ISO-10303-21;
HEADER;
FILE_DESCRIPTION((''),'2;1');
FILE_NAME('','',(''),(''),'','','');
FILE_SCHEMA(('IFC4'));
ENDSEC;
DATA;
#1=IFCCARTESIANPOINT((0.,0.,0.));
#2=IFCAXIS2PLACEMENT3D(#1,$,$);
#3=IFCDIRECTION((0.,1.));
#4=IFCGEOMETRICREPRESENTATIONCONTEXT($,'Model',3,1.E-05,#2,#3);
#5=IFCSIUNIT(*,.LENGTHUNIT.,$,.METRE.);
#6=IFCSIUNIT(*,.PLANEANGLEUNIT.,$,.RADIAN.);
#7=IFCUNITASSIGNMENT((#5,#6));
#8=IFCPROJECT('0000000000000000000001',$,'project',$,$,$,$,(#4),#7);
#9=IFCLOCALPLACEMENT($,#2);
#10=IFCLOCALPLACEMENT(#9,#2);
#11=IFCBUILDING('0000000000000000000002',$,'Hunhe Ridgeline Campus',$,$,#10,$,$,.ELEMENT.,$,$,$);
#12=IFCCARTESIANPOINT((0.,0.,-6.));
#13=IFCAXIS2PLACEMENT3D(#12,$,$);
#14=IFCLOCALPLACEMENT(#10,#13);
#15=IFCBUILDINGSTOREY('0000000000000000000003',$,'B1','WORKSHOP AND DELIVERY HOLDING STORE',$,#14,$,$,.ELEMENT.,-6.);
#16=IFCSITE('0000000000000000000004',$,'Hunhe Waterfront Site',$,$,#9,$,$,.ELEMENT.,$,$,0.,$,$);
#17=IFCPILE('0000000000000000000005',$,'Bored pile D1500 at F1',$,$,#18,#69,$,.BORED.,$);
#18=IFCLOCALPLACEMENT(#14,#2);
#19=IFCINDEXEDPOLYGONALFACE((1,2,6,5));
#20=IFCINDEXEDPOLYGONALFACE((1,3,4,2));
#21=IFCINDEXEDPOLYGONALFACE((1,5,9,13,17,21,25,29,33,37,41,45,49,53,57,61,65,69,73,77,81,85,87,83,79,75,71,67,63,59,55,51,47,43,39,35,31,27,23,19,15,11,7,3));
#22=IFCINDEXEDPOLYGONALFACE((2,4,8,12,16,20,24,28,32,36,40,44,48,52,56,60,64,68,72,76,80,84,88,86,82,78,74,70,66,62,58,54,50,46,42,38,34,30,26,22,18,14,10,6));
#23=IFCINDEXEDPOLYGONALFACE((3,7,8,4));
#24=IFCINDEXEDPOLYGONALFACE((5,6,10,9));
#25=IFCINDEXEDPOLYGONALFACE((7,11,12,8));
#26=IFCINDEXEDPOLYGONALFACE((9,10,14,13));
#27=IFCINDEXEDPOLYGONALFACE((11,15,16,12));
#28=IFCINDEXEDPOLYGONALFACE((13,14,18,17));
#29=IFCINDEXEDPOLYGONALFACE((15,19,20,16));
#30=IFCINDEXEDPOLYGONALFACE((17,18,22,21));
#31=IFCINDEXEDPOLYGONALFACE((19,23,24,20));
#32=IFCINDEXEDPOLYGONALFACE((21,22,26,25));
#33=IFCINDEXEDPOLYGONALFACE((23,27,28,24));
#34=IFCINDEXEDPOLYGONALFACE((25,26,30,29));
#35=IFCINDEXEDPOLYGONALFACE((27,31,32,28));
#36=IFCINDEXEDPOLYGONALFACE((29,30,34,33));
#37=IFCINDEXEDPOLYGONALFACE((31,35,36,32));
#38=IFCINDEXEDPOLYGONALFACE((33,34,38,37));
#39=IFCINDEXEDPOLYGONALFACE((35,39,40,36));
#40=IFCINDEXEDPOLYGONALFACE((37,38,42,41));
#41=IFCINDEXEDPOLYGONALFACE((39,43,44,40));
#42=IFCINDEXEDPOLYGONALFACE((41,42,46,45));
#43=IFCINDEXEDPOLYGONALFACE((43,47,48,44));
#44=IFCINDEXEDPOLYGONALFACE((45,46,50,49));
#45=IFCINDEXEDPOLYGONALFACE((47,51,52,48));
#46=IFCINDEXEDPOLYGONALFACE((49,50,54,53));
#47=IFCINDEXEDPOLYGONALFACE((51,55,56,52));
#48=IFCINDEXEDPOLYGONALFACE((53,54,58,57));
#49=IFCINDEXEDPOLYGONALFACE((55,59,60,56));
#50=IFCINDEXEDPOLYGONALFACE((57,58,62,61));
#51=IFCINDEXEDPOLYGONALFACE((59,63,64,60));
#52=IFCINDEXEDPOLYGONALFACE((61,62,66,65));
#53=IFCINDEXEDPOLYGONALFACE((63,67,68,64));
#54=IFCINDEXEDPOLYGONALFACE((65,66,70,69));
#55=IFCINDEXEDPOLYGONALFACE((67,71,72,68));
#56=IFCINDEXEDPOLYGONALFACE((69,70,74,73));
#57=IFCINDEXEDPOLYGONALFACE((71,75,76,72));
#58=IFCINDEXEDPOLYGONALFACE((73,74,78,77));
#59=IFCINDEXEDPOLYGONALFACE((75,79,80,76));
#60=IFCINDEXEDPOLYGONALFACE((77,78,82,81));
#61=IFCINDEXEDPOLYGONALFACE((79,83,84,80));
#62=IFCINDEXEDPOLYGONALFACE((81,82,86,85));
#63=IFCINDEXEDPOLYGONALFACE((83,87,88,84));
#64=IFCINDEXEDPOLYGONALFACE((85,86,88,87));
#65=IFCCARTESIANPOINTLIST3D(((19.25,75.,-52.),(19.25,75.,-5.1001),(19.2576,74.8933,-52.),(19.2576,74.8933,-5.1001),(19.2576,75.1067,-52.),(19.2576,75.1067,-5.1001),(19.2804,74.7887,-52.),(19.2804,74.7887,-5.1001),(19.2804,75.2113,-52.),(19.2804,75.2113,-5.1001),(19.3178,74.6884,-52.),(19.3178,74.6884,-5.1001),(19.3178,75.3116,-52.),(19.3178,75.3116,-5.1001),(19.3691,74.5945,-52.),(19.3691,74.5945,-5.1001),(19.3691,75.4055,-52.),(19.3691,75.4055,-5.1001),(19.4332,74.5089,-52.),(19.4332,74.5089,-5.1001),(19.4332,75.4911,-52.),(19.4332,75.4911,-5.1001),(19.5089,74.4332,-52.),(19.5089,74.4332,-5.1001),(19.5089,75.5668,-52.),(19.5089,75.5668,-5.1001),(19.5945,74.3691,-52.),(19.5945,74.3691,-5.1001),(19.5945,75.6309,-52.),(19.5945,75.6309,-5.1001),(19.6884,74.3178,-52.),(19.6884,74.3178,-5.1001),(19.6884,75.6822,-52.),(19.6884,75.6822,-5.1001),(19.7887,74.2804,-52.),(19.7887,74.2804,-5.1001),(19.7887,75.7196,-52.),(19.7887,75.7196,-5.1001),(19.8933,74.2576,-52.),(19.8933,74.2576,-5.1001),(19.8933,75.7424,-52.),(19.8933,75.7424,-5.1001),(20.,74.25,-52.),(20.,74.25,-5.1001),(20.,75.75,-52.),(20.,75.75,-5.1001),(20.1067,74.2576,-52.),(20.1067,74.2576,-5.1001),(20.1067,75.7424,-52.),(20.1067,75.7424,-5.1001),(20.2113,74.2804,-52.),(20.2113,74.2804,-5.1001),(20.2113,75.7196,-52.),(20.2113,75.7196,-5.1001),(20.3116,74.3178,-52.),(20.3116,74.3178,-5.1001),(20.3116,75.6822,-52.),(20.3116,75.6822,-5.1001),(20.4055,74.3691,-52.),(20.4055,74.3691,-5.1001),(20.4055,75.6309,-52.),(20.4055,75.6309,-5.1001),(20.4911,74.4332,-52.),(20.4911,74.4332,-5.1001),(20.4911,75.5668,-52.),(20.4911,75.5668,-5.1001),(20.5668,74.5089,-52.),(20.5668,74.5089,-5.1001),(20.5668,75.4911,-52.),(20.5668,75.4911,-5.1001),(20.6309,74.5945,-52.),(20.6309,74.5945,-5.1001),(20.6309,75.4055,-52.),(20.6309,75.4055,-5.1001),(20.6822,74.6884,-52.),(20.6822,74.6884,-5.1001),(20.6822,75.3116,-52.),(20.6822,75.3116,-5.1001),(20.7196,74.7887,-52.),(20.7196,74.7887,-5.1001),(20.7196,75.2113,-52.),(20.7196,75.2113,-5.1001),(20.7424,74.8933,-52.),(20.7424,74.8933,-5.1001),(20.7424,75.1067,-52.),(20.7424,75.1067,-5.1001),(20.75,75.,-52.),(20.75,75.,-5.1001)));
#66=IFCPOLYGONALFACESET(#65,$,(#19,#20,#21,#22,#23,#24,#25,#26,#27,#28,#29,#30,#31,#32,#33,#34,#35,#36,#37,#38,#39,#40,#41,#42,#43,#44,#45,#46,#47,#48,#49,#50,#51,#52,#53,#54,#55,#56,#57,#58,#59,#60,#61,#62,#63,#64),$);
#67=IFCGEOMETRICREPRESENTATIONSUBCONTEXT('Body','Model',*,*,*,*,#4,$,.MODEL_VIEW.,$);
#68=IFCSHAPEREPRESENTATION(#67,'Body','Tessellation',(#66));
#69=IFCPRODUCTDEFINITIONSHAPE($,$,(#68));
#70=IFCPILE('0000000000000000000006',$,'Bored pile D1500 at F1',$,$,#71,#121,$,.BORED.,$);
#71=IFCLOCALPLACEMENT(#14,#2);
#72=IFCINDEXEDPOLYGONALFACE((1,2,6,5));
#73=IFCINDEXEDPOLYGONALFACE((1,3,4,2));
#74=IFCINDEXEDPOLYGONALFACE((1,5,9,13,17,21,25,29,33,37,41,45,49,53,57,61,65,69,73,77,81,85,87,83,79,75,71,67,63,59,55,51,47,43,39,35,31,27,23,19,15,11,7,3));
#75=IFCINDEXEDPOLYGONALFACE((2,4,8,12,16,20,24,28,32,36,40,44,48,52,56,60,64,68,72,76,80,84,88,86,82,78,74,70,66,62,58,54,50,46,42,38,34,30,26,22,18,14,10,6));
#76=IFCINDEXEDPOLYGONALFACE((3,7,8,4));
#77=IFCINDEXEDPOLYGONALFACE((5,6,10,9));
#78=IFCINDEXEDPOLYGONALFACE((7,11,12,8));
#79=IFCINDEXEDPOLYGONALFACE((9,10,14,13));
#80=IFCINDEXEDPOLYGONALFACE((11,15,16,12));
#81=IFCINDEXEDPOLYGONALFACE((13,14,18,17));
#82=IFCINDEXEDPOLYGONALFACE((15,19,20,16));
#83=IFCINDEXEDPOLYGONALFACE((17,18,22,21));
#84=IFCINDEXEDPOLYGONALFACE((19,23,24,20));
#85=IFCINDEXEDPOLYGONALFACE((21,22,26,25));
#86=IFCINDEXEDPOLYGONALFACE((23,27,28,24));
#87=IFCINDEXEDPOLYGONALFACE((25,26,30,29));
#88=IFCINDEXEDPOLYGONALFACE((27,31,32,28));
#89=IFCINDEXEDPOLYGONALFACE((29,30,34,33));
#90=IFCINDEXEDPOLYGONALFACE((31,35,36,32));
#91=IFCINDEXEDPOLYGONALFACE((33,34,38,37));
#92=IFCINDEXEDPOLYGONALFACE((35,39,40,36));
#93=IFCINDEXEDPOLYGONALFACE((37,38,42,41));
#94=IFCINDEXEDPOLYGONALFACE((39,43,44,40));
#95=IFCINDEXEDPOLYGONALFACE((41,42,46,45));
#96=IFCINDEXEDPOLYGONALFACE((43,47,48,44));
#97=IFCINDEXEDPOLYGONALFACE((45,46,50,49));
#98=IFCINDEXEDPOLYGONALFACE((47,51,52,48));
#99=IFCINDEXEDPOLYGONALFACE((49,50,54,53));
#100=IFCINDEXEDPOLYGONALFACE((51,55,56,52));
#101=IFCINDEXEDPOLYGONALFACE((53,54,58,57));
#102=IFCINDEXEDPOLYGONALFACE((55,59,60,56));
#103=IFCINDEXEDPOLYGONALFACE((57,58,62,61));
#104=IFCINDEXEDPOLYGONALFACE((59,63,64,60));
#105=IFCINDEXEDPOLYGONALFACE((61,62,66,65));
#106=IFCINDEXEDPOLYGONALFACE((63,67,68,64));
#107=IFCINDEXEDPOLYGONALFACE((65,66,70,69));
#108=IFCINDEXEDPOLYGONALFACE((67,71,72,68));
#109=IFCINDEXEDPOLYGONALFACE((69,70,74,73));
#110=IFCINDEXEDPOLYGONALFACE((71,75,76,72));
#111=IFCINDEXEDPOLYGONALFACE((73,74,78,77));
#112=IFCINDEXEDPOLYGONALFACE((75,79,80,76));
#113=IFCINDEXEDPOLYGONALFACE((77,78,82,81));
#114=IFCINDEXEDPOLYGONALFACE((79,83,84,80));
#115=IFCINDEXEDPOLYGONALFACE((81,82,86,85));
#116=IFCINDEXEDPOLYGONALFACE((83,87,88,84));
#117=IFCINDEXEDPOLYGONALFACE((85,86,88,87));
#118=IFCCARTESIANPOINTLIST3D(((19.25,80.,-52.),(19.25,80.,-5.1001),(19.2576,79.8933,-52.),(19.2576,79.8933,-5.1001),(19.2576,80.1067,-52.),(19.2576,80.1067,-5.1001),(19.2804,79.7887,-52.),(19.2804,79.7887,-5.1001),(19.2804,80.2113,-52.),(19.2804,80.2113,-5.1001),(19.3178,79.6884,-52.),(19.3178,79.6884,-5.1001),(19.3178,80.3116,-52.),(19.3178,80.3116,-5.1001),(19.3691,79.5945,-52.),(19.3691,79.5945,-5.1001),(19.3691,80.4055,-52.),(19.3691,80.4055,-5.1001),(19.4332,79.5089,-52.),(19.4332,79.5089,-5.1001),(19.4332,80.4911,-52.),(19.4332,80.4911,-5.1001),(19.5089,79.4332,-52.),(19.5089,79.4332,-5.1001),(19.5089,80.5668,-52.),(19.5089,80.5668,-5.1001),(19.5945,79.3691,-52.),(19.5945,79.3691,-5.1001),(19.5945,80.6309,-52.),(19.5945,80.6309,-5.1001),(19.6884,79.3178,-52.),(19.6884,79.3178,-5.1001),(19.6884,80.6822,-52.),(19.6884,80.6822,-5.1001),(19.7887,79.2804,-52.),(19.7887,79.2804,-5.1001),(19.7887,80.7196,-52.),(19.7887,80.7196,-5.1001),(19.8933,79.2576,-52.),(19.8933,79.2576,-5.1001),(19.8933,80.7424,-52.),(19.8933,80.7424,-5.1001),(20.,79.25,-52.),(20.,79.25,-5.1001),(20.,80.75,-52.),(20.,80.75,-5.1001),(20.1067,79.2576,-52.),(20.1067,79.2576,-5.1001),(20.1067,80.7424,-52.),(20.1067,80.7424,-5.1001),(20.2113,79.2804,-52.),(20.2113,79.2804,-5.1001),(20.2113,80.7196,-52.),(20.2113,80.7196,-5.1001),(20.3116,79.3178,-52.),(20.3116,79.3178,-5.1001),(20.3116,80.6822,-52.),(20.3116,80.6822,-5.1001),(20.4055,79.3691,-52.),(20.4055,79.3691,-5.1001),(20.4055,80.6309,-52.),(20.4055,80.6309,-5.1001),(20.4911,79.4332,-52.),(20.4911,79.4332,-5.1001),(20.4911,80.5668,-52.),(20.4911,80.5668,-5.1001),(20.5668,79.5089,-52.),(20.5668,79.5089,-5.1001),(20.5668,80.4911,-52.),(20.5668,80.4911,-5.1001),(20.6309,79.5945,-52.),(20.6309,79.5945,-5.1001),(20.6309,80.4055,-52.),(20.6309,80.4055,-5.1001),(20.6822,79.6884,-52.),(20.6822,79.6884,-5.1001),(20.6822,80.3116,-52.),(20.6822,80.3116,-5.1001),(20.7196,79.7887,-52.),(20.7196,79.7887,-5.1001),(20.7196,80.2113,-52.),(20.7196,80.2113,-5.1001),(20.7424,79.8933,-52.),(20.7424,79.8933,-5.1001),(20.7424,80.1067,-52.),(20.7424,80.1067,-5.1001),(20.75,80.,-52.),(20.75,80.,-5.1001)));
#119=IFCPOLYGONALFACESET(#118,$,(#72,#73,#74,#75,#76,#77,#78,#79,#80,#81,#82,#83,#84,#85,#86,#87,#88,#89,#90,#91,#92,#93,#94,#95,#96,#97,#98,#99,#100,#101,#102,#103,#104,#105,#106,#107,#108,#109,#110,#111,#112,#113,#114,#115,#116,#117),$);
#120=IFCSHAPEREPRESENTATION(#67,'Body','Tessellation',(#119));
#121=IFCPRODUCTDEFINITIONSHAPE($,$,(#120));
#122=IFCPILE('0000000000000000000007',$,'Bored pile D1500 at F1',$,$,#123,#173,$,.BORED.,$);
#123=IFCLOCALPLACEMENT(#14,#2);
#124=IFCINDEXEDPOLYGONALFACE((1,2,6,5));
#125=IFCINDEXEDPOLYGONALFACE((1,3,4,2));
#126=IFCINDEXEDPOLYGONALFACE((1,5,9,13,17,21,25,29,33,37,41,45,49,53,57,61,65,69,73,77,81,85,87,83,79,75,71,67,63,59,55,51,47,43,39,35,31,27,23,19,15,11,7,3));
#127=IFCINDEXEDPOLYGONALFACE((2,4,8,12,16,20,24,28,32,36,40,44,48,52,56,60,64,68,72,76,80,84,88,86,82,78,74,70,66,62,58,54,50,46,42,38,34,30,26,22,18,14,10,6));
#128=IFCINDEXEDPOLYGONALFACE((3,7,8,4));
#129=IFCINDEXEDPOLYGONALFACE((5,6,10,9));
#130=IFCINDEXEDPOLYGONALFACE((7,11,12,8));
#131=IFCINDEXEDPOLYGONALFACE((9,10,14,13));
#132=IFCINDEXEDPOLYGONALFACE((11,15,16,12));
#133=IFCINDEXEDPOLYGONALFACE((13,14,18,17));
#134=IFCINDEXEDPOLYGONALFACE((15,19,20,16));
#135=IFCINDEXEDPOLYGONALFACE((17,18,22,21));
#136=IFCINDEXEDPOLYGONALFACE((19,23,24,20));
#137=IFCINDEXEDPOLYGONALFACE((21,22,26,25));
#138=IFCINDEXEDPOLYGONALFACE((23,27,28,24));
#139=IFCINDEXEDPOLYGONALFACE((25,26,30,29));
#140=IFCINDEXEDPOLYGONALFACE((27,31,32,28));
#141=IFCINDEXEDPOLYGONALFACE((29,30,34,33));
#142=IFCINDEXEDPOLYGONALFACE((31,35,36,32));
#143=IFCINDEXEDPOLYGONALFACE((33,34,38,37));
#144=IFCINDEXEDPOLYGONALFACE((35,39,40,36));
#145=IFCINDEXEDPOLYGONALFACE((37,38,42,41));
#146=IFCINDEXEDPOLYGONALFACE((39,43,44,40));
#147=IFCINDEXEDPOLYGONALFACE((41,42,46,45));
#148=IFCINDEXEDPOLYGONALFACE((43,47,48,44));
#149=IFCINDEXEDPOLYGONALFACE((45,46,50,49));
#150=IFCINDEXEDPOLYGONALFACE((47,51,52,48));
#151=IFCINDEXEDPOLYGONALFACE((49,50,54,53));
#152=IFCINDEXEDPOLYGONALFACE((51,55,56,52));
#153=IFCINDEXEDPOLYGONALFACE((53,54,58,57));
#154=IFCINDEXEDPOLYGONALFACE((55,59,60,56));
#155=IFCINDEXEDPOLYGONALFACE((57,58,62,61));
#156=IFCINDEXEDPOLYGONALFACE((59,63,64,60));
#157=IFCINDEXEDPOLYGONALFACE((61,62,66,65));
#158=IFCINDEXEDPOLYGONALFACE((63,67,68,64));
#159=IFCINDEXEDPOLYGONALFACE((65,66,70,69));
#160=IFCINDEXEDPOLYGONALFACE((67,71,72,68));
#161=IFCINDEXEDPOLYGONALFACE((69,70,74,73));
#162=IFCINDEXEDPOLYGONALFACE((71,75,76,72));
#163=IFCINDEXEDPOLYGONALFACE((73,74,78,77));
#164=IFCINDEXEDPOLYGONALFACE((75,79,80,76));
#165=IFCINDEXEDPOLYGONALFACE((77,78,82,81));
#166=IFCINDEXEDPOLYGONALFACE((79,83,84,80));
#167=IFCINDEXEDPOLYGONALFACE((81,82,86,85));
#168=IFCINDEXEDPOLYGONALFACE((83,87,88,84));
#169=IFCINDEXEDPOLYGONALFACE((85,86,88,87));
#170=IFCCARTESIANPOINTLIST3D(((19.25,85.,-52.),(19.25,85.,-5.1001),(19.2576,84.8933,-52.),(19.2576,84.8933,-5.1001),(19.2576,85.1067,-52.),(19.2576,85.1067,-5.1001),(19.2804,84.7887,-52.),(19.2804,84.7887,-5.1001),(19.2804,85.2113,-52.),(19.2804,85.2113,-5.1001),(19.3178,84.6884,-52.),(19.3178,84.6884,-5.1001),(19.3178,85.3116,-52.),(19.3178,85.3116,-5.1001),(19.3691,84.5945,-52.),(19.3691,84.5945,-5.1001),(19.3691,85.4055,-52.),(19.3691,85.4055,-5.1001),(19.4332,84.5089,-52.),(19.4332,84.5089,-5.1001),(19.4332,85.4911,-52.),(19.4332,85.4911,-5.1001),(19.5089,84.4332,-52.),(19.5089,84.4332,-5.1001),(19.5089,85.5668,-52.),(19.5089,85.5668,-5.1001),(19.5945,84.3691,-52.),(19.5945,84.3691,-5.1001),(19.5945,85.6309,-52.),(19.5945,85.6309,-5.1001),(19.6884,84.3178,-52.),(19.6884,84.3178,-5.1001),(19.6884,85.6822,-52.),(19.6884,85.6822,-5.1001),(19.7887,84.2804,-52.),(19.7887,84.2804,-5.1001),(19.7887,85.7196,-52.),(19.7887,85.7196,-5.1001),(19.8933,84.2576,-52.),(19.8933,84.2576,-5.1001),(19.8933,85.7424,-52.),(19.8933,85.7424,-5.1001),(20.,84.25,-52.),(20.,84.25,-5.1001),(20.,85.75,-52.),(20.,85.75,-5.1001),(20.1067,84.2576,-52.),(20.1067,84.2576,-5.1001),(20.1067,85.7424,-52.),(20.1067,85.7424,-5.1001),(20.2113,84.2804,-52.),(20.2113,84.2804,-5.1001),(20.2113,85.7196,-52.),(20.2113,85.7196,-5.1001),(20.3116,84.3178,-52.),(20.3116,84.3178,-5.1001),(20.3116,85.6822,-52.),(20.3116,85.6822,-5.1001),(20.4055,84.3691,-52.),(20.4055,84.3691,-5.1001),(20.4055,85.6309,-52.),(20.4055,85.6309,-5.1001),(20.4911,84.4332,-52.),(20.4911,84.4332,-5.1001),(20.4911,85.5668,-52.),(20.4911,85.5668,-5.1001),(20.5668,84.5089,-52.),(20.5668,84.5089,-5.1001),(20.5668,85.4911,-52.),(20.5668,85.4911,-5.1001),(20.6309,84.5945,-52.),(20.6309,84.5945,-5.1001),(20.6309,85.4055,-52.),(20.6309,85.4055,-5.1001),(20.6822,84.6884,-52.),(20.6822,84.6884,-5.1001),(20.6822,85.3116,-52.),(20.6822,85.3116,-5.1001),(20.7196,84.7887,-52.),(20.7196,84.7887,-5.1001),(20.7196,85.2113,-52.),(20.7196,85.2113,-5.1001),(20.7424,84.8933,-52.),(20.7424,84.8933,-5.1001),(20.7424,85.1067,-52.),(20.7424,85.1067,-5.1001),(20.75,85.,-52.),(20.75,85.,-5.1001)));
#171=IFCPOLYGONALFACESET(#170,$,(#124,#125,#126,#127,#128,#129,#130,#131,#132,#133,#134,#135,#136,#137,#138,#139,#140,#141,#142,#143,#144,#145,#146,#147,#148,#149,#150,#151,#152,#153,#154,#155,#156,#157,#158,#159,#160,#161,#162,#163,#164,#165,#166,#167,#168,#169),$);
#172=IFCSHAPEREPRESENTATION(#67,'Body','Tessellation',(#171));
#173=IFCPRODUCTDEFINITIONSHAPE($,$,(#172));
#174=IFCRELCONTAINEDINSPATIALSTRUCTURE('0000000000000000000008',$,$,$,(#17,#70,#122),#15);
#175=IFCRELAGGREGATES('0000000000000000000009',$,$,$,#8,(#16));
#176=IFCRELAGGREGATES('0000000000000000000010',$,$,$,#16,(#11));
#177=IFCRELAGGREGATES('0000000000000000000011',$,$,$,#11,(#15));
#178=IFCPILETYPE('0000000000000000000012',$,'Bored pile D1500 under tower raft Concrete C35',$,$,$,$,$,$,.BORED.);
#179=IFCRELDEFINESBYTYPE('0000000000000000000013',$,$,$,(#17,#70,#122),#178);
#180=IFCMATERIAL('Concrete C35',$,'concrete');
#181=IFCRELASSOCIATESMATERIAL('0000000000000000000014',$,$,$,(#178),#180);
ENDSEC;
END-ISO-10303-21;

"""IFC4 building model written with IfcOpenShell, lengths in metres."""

from ifc_helpers import new_model, si_unit, direction, frame, origin, origin_2d, place, context, subcontext, project, spatial, circle, extrude, material, material_profile, profile_set, type_object, element, save


model = new_model("IFC4")

# Units and contexts
model_context = context("Model", 3, precision=1e-05, world=origin(), true_north=direction((0.0, 1.0)))
body_context = subcontext(model_context, "Body", "Model", "MODEL_VIEW")
ifc_project = project(units=[si_unit("LENGTHUNIT", "METRE"), si_unit("PLANEANGLEUNIT", "RADIAN")], contexts=[model_context])

# Site, building, storey
site_placement = place(None, origin())
site = spatial("IfcSite", under=ifc_project, at=site_placement, Name="Hunhe Waterfront Site", CompositionType="ELEMENT", RefElevation=0.0)
building_placement = place(site_placement, origin())
building = spatial("IfcBuilding", under=site, at=building_placement, Name="Hunhe Ridgeline Campus", CompositionType="ELEMENT")
storey_placement = place(building_placement, frame((0.0, 0.0, -6.0)))
storey = spatial("IfcBuildingStorey", under=building, at=storey_placement, Name="B1", Description="WORKSHOP AND DELIVERY HOLDING STORE", CompositionType="ELEMENT", Elevation=-6.0)

# Piles
ifc_material_1 = material(Name="Concrete C35", Category="concrete")
ifc_material_profile = material_profile(ifc_material_1, circle(Radius=0.75, at=origin_2d()))
ifc_profile_set = profile_set([ifc_material_profile], Name="Concrete C35")
pile_type = type_object("IfcPileType", Name="Bored pile D1500 under tower raft Concrete C35", PredefinedType="BORED", material=ifc_profile_set)
for number, where, z_axis, x_axis, name in (
    (1, (20.0, 75.0, -5.1001), (0.0, 0.0, -1.0), (1.0, 0.0, 0.0), "Bored pile D1500 at F1"),
    (2, (20.0, 80.0, -5.1001), (0.0, 0.0, -1.0), (1.0, 0.0, 0.0), "Bored pile D1500 at F1"),
    (3, (20.0, 85.0, -5.1001), (0.0, 0.0, -1.0), (1.0, 0.0, 0.0), "Bored pile D1500 at F1"),
):
    element("IfcPile", number, at=place(storey_placement, frame(where, z_axis=z_axis, x_axis=x_axis)), inside=storey, type_object=pile_type, Name=name, PredefinedType="BORED", context=body_context, shape_type="SweptSolid", body=[
        extrude(circle(Radius=0.75, at=origin_2d()), origin(), (0.0, 0.0, 1.0), 46.8999),
    ])

save(model, "model.ifc")
